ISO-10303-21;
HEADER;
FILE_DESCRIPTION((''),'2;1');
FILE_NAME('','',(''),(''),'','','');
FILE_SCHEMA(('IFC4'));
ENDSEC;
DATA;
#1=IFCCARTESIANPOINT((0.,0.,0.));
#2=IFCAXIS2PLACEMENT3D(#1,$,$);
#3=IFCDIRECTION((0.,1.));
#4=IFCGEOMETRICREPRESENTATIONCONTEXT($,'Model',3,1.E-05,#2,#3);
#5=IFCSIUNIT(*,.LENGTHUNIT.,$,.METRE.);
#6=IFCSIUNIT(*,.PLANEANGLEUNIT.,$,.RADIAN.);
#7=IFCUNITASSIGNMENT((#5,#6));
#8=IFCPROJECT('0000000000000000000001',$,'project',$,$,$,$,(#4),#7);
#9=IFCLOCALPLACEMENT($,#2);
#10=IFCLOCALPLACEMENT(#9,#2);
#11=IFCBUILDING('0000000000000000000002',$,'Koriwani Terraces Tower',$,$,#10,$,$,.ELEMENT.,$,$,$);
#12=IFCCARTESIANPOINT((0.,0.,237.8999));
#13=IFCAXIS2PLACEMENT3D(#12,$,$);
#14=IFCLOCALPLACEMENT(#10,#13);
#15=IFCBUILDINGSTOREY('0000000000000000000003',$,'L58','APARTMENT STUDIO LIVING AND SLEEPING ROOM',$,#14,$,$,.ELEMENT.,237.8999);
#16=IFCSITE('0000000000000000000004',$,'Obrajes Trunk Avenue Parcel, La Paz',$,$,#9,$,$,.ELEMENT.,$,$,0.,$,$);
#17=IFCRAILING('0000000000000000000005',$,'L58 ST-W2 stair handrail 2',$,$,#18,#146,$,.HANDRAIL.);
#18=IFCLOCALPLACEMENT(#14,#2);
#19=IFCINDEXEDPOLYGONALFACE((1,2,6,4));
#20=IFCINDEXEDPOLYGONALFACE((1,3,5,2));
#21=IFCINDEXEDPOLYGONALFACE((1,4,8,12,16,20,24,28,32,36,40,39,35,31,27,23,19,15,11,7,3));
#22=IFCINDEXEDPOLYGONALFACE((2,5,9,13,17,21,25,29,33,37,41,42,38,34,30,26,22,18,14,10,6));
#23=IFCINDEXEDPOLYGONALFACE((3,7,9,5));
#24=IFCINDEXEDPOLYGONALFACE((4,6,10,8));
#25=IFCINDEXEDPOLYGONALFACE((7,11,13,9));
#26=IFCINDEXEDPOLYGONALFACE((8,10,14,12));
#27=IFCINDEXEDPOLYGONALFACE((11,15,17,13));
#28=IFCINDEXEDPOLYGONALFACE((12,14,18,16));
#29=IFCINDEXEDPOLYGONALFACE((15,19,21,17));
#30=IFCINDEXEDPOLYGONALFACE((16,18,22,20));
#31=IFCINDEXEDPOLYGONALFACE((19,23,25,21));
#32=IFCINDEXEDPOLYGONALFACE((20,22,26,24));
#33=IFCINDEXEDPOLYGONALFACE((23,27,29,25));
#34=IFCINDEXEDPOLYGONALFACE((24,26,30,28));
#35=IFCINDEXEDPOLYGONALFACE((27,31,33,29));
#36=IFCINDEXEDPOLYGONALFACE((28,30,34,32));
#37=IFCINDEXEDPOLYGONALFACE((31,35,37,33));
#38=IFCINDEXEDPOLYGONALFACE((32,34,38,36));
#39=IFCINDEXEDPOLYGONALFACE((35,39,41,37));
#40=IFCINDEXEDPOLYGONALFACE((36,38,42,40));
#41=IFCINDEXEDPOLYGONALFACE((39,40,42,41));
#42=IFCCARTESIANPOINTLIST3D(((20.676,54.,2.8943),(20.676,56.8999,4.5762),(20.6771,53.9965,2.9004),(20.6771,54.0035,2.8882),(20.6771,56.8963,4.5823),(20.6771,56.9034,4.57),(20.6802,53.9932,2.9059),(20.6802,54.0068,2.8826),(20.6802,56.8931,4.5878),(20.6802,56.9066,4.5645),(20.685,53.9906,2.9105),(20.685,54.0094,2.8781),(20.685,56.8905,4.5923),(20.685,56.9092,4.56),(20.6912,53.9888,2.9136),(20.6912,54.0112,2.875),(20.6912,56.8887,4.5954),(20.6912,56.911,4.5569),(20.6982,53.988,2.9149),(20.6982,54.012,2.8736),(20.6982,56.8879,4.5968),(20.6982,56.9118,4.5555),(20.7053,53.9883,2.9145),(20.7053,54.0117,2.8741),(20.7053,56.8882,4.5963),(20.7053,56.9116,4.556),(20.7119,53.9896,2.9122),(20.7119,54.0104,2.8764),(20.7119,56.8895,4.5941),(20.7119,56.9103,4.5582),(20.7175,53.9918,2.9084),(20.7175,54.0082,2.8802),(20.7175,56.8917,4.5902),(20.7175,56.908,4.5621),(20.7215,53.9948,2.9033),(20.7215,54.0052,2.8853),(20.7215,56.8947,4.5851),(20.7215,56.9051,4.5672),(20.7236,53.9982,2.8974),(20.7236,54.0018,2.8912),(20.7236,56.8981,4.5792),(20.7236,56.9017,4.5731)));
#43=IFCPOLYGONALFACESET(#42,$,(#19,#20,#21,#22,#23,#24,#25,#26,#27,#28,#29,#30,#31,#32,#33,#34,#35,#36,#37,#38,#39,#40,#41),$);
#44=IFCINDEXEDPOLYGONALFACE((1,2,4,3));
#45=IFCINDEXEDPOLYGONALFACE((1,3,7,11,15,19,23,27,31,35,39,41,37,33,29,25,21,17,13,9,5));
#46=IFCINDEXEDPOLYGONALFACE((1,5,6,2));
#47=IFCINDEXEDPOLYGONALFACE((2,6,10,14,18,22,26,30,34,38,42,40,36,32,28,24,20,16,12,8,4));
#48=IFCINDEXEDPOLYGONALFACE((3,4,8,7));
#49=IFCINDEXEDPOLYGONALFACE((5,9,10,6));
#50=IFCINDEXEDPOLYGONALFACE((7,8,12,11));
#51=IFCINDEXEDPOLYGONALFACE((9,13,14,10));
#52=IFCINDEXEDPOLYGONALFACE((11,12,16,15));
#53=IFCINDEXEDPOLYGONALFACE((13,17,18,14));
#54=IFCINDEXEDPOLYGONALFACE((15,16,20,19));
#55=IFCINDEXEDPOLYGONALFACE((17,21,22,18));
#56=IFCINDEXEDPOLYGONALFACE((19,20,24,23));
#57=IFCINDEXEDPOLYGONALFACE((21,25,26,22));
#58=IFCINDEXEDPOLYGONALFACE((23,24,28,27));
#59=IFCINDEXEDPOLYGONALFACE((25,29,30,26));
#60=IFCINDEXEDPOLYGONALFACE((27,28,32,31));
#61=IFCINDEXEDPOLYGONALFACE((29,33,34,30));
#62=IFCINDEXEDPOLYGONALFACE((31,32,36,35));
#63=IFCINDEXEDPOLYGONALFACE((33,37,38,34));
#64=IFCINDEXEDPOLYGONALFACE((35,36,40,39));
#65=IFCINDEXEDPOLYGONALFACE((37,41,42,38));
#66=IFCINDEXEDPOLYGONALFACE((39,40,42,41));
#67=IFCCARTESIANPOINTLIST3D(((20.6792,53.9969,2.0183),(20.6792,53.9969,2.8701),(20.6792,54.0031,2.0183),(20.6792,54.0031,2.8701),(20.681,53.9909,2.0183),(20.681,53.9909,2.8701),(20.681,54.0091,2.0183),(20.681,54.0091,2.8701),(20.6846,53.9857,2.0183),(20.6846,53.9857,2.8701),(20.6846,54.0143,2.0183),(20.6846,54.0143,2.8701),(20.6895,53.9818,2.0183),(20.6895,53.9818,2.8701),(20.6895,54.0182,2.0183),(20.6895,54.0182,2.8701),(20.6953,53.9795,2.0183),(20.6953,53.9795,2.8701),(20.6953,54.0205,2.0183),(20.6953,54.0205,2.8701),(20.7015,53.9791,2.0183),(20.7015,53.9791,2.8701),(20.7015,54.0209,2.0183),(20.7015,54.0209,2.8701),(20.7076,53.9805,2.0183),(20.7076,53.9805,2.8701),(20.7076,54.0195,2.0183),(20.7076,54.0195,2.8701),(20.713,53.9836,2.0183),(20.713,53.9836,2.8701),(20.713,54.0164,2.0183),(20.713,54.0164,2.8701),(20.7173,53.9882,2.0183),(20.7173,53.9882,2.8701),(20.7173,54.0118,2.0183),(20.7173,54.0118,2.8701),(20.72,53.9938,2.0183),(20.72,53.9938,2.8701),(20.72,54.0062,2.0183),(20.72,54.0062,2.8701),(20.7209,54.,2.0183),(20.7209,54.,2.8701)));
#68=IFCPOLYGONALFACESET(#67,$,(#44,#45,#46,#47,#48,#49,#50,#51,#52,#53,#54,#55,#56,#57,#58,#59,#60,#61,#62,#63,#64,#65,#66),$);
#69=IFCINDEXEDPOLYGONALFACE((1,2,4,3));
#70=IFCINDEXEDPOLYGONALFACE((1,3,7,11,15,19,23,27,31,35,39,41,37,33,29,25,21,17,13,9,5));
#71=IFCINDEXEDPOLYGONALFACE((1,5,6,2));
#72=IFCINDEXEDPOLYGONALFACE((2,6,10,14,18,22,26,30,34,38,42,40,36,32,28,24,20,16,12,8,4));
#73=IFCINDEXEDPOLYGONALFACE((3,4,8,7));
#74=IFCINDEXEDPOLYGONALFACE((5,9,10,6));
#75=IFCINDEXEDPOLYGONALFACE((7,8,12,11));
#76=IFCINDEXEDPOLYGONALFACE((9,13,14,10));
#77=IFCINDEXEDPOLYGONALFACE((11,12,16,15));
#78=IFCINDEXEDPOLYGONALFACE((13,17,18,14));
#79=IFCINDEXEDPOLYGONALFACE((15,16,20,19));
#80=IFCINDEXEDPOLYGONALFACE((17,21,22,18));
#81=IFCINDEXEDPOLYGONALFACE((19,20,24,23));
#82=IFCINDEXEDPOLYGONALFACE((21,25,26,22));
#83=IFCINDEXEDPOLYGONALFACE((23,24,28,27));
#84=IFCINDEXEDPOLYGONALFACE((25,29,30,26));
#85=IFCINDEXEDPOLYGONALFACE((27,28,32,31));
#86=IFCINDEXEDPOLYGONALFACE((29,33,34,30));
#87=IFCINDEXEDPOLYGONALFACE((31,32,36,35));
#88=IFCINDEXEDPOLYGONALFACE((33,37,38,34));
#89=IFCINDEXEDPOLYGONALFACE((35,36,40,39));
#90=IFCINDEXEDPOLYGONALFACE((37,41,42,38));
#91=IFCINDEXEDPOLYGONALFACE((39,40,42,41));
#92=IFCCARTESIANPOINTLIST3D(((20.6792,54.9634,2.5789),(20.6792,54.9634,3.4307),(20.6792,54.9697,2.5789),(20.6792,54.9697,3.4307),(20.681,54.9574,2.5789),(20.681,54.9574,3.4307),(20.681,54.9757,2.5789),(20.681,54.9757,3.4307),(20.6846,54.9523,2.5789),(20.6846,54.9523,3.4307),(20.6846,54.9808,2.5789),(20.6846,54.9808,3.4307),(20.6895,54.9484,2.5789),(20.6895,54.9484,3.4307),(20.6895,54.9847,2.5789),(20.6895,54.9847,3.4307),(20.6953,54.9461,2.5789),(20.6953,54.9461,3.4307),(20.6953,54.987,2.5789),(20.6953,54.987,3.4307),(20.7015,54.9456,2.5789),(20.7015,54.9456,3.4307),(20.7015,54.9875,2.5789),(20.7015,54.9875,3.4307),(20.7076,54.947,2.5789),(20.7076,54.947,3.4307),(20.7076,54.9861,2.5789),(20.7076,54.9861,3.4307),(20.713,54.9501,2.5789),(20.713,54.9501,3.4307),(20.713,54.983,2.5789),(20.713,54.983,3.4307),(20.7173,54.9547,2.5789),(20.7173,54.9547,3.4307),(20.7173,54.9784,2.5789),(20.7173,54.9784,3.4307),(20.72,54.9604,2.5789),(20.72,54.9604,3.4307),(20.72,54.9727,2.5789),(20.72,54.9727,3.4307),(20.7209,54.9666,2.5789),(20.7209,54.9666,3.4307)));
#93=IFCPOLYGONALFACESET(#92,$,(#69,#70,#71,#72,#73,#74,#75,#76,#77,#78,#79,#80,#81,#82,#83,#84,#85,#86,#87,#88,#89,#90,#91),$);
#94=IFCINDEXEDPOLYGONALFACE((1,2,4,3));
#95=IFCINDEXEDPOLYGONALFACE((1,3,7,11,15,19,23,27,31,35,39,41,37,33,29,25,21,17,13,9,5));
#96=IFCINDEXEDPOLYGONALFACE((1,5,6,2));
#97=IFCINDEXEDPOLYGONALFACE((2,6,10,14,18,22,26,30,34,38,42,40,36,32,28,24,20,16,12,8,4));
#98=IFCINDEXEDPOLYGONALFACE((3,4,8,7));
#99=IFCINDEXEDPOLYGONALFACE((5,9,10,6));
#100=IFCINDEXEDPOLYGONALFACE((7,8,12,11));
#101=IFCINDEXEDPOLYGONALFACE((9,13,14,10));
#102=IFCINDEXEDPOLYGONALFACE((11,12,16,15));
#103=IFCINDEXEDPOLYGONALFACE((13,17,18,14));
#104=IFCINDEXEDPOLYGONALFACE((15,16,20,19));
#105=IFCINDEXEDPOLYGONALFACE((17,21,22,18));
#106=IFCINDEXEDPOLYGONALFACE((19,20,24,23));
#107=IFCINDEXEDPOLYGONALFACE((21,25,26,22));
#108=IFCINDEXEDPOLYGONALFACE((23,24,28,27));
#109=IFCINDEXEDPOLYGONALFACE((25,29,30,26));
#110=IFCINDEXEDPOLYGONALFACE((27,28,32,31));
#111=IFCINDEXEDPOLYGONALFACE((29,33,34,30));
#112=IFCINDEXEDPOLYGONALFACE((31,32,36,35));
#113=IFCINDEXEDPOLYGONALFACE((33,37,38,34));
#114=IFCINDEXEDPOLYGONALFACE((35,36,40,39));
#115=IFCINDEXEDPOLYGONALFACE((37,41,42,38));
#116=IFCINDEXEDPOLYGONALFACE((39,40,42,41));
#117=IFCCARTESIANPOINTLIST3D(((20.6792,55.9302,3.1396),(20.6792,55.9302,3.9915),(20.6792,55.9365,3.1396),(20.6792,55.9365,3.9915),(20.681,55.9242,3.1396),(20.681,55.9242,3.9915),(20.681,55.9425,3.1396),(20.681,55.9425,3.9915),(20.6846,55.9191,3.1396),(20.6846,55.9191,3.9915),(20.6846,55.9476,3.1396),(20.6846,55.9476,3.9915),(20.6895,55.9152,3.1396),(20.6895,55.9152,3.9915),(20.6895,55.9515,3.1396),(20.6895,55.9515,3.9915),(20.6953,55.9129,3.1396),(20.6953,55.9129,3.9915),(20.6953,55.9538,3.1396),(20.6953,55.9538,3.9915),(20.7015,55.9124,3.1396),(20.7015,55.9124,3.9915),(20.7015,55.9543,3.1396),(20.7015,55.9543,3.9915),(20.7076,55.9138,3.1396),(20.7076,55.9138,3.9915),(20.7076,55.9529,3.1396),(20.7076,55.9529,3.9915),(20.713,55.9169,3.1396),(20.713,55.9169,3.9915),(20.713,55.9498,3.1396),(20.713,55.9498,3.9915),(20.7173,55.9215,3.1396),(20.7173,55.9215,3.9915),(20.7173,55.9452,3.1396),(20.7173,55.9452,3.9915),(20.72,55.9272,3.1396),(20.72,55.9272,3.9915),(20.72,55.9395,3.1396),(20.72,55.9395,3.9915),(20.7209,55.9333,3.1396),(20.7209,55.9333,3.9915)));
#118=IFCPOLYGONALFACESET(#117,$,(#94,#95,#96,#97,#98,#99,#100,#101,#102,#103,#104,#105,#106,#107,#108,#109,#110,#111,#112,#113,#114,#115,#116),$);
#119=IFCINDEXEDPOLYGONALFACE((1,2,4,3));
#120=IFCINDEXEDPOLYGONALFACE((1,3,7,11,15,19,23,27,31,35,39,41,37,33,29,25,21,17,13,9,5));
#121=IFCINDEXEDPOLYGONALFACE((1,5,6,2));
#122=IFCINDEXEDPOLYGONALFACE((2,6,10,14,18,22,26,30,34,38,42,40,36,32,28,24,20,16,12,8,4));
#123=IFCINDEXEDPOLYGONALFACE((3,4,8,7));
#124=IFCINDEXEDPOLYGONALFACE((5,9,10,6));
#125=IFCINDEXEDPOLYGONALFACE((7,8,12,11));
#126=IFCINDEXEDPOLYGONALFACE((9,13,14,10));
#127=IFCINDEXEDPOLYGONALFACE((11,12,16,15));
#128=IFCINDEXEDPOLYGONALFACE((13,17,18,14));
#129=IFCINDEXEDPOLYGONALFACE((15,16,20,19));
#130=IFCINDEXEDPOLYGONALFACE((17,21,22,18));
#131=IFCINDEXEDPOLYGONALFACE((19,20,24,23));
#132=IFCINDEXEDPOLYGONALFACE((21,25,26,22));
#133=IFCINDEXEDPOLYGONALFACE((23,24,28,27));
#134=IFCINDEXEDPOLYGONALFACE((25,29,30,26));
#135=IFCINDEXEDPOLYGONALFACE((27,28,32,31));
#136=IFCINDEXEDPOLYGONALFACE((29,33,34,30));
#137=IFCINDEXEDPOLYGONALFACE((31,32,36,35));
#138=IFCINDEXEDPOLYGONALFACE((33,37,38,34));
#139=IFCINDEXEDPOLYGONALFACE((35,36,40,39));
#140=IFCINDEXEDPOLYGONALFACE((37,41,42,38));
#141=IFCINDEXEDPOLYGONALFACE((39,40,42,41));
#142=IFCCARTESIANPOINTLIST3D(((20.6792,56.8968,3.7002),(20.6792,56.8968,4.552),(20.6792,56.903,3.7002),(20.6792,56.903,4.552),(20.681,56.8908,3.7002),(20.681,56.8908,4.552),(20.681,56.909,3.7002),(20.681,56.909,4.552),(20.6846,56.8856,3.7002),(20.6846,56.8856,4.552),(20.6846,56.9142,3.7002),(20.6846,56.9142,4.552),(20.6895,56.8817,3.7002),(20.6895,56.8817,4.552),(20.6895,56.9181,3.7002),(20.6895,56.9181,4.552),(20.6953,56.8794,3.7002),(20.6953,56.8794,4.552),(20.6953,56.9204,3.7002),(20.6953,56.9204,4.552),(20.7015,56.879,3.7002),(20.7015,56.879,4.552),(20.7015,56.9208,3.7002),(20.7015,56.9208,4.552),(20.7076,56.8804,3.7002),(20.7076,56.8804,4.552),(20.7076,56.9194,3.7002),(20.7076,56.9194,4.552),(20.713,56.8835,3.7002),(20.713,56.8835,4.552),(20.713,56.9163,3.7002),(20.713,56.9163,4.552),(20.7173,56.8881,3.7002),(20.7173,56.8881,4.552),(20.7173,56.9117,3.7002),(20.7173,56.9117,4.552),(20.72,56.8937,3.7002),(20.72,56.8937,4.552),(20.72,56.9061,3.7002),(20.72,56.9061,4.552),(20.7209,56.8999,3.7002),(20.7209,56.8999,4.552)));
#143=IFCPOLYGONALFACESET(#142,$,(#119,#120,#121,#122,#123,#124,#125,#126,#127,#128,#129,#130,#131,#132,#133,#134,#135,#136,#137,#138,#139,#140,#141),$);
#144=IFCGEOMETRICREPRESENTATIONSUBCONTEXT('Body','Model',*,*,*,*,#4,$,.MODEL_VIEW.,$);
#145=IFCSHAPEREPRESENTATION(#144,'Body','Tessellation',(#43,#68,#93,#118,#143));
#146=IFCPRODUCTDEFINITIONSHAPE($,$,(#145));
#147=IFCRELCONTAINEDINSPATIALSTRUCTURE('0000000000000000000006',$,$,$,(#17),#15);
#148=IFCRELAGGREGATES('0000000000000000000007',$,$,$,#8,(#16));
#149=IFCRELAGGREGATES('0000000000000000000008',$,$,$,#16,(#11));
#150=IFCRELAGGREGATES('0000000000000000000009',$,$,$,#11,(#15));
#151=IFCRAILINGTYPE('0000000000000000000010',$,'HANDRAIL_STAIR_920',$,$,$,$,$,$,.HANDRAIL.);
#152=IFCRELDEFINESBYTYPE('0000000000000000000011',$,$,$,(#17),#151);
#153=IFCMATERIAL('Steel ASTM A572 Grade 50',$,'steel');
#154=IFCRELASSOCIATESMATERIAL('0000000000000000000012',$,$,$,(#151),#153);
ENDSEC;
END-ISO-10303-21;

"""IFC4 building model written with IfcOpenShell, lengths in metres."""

from ifc_helpers import new_model, si_unit, direction, frame, origin, origin_2d, place, context, subcontext, project, spatial, circle, extrude, material, type_object, element, save


model = new_model("IFC4")

# Units and contexts
model_context = context("Model", 3, precision=1e-05, world=origin(), true_north=direction((0.0, 1.0)))
body_context = subcontext(model_context, "Body", "Model", "MODEL_VIEW")
ifc_project = project(units=[si_unit("LENGTHUNIT", "METRE"), si_unit("PLANEANGLEUNIT", "RADIAN")], contexts=[model_context])

# Site, building, storey
site_placement = place(None, origin())
site = spatial("IfcSite", under=ifc_project, at=site_placement, Name="Obrajes Trunk Avenue Parcel, La Paz", CompositionType="ELEMENT", RefElevation=0.0)
building_placement = place(site_placement, origin())
building = spatial("IfcBuilding", under=site, at=building_placement, Name="Koriwani Terraces Tower", CompositionType="ELEMENT")
storey_placement = place(building_placement, frame((0.0, 0.0, 237.8999)))
storey = spatial("IfcBuildingStorey", under=building, at=storey_placement, Name="L58", Description="APARTMENT STUDIO LIVING AND SLEEPING ROOM", CompositionType="ELEMENT", Elevation=237.8999)

# Shared definitions
ifc_material_1 = material(Name="Steel ASTM A572 Grade 50", Category="steel")

# Railing
railing_type_1 = type_object("IfcRailingType", Name="HANDRAIL_STAIR_920", PredefinedType="HANDRAIL", material=ifc_material_1)
railing_1_placement = place(storey_placement, frame((20.7, 54.0, 2.0183)))
element("IfcRailing", 1, at=railing_1_placement, inside=storey, type_object=railing_type_1, Name="L58 ST-W2 stair handrail 2", PredefinedType="HANDRAIL", context=body_context, shape_type="SweptSolid", body=[
    extrude(circle(Radius=0.0239, at=origin_2d()), frame((0.0, 0.0, 0.876), z_axis=(0.0, 0.865039, 0.501705), x_axis=(-1.0, 0.0, 0.0)), (0.0, 0.0, 1.0), 3.3523),
    extrude(circle(Radius=0.021, at=origin_2d()), origin(), (0.0, 0.0, 1.0), 0.8518),
    extrude(circle(Radius=0.021, at=origin_2d()), frame((0.0, 0.9666, 0.5605)), (0.0, 0.0, 1.0), 0.8518),
    extrude(circle(Radius=0.021, at=origin_2d()), frame((0.0, 1.9333, 1.1213)), (0.0, 0.0, 1.0), 0.8518),
    extrude(circle(Radius=0.021, at=origin_2d()), frame((0.0, 2.8999, 1.6819)), (0.0, 0.0, 1.0), 0.8518),
])

save(model, "model.ifc")
